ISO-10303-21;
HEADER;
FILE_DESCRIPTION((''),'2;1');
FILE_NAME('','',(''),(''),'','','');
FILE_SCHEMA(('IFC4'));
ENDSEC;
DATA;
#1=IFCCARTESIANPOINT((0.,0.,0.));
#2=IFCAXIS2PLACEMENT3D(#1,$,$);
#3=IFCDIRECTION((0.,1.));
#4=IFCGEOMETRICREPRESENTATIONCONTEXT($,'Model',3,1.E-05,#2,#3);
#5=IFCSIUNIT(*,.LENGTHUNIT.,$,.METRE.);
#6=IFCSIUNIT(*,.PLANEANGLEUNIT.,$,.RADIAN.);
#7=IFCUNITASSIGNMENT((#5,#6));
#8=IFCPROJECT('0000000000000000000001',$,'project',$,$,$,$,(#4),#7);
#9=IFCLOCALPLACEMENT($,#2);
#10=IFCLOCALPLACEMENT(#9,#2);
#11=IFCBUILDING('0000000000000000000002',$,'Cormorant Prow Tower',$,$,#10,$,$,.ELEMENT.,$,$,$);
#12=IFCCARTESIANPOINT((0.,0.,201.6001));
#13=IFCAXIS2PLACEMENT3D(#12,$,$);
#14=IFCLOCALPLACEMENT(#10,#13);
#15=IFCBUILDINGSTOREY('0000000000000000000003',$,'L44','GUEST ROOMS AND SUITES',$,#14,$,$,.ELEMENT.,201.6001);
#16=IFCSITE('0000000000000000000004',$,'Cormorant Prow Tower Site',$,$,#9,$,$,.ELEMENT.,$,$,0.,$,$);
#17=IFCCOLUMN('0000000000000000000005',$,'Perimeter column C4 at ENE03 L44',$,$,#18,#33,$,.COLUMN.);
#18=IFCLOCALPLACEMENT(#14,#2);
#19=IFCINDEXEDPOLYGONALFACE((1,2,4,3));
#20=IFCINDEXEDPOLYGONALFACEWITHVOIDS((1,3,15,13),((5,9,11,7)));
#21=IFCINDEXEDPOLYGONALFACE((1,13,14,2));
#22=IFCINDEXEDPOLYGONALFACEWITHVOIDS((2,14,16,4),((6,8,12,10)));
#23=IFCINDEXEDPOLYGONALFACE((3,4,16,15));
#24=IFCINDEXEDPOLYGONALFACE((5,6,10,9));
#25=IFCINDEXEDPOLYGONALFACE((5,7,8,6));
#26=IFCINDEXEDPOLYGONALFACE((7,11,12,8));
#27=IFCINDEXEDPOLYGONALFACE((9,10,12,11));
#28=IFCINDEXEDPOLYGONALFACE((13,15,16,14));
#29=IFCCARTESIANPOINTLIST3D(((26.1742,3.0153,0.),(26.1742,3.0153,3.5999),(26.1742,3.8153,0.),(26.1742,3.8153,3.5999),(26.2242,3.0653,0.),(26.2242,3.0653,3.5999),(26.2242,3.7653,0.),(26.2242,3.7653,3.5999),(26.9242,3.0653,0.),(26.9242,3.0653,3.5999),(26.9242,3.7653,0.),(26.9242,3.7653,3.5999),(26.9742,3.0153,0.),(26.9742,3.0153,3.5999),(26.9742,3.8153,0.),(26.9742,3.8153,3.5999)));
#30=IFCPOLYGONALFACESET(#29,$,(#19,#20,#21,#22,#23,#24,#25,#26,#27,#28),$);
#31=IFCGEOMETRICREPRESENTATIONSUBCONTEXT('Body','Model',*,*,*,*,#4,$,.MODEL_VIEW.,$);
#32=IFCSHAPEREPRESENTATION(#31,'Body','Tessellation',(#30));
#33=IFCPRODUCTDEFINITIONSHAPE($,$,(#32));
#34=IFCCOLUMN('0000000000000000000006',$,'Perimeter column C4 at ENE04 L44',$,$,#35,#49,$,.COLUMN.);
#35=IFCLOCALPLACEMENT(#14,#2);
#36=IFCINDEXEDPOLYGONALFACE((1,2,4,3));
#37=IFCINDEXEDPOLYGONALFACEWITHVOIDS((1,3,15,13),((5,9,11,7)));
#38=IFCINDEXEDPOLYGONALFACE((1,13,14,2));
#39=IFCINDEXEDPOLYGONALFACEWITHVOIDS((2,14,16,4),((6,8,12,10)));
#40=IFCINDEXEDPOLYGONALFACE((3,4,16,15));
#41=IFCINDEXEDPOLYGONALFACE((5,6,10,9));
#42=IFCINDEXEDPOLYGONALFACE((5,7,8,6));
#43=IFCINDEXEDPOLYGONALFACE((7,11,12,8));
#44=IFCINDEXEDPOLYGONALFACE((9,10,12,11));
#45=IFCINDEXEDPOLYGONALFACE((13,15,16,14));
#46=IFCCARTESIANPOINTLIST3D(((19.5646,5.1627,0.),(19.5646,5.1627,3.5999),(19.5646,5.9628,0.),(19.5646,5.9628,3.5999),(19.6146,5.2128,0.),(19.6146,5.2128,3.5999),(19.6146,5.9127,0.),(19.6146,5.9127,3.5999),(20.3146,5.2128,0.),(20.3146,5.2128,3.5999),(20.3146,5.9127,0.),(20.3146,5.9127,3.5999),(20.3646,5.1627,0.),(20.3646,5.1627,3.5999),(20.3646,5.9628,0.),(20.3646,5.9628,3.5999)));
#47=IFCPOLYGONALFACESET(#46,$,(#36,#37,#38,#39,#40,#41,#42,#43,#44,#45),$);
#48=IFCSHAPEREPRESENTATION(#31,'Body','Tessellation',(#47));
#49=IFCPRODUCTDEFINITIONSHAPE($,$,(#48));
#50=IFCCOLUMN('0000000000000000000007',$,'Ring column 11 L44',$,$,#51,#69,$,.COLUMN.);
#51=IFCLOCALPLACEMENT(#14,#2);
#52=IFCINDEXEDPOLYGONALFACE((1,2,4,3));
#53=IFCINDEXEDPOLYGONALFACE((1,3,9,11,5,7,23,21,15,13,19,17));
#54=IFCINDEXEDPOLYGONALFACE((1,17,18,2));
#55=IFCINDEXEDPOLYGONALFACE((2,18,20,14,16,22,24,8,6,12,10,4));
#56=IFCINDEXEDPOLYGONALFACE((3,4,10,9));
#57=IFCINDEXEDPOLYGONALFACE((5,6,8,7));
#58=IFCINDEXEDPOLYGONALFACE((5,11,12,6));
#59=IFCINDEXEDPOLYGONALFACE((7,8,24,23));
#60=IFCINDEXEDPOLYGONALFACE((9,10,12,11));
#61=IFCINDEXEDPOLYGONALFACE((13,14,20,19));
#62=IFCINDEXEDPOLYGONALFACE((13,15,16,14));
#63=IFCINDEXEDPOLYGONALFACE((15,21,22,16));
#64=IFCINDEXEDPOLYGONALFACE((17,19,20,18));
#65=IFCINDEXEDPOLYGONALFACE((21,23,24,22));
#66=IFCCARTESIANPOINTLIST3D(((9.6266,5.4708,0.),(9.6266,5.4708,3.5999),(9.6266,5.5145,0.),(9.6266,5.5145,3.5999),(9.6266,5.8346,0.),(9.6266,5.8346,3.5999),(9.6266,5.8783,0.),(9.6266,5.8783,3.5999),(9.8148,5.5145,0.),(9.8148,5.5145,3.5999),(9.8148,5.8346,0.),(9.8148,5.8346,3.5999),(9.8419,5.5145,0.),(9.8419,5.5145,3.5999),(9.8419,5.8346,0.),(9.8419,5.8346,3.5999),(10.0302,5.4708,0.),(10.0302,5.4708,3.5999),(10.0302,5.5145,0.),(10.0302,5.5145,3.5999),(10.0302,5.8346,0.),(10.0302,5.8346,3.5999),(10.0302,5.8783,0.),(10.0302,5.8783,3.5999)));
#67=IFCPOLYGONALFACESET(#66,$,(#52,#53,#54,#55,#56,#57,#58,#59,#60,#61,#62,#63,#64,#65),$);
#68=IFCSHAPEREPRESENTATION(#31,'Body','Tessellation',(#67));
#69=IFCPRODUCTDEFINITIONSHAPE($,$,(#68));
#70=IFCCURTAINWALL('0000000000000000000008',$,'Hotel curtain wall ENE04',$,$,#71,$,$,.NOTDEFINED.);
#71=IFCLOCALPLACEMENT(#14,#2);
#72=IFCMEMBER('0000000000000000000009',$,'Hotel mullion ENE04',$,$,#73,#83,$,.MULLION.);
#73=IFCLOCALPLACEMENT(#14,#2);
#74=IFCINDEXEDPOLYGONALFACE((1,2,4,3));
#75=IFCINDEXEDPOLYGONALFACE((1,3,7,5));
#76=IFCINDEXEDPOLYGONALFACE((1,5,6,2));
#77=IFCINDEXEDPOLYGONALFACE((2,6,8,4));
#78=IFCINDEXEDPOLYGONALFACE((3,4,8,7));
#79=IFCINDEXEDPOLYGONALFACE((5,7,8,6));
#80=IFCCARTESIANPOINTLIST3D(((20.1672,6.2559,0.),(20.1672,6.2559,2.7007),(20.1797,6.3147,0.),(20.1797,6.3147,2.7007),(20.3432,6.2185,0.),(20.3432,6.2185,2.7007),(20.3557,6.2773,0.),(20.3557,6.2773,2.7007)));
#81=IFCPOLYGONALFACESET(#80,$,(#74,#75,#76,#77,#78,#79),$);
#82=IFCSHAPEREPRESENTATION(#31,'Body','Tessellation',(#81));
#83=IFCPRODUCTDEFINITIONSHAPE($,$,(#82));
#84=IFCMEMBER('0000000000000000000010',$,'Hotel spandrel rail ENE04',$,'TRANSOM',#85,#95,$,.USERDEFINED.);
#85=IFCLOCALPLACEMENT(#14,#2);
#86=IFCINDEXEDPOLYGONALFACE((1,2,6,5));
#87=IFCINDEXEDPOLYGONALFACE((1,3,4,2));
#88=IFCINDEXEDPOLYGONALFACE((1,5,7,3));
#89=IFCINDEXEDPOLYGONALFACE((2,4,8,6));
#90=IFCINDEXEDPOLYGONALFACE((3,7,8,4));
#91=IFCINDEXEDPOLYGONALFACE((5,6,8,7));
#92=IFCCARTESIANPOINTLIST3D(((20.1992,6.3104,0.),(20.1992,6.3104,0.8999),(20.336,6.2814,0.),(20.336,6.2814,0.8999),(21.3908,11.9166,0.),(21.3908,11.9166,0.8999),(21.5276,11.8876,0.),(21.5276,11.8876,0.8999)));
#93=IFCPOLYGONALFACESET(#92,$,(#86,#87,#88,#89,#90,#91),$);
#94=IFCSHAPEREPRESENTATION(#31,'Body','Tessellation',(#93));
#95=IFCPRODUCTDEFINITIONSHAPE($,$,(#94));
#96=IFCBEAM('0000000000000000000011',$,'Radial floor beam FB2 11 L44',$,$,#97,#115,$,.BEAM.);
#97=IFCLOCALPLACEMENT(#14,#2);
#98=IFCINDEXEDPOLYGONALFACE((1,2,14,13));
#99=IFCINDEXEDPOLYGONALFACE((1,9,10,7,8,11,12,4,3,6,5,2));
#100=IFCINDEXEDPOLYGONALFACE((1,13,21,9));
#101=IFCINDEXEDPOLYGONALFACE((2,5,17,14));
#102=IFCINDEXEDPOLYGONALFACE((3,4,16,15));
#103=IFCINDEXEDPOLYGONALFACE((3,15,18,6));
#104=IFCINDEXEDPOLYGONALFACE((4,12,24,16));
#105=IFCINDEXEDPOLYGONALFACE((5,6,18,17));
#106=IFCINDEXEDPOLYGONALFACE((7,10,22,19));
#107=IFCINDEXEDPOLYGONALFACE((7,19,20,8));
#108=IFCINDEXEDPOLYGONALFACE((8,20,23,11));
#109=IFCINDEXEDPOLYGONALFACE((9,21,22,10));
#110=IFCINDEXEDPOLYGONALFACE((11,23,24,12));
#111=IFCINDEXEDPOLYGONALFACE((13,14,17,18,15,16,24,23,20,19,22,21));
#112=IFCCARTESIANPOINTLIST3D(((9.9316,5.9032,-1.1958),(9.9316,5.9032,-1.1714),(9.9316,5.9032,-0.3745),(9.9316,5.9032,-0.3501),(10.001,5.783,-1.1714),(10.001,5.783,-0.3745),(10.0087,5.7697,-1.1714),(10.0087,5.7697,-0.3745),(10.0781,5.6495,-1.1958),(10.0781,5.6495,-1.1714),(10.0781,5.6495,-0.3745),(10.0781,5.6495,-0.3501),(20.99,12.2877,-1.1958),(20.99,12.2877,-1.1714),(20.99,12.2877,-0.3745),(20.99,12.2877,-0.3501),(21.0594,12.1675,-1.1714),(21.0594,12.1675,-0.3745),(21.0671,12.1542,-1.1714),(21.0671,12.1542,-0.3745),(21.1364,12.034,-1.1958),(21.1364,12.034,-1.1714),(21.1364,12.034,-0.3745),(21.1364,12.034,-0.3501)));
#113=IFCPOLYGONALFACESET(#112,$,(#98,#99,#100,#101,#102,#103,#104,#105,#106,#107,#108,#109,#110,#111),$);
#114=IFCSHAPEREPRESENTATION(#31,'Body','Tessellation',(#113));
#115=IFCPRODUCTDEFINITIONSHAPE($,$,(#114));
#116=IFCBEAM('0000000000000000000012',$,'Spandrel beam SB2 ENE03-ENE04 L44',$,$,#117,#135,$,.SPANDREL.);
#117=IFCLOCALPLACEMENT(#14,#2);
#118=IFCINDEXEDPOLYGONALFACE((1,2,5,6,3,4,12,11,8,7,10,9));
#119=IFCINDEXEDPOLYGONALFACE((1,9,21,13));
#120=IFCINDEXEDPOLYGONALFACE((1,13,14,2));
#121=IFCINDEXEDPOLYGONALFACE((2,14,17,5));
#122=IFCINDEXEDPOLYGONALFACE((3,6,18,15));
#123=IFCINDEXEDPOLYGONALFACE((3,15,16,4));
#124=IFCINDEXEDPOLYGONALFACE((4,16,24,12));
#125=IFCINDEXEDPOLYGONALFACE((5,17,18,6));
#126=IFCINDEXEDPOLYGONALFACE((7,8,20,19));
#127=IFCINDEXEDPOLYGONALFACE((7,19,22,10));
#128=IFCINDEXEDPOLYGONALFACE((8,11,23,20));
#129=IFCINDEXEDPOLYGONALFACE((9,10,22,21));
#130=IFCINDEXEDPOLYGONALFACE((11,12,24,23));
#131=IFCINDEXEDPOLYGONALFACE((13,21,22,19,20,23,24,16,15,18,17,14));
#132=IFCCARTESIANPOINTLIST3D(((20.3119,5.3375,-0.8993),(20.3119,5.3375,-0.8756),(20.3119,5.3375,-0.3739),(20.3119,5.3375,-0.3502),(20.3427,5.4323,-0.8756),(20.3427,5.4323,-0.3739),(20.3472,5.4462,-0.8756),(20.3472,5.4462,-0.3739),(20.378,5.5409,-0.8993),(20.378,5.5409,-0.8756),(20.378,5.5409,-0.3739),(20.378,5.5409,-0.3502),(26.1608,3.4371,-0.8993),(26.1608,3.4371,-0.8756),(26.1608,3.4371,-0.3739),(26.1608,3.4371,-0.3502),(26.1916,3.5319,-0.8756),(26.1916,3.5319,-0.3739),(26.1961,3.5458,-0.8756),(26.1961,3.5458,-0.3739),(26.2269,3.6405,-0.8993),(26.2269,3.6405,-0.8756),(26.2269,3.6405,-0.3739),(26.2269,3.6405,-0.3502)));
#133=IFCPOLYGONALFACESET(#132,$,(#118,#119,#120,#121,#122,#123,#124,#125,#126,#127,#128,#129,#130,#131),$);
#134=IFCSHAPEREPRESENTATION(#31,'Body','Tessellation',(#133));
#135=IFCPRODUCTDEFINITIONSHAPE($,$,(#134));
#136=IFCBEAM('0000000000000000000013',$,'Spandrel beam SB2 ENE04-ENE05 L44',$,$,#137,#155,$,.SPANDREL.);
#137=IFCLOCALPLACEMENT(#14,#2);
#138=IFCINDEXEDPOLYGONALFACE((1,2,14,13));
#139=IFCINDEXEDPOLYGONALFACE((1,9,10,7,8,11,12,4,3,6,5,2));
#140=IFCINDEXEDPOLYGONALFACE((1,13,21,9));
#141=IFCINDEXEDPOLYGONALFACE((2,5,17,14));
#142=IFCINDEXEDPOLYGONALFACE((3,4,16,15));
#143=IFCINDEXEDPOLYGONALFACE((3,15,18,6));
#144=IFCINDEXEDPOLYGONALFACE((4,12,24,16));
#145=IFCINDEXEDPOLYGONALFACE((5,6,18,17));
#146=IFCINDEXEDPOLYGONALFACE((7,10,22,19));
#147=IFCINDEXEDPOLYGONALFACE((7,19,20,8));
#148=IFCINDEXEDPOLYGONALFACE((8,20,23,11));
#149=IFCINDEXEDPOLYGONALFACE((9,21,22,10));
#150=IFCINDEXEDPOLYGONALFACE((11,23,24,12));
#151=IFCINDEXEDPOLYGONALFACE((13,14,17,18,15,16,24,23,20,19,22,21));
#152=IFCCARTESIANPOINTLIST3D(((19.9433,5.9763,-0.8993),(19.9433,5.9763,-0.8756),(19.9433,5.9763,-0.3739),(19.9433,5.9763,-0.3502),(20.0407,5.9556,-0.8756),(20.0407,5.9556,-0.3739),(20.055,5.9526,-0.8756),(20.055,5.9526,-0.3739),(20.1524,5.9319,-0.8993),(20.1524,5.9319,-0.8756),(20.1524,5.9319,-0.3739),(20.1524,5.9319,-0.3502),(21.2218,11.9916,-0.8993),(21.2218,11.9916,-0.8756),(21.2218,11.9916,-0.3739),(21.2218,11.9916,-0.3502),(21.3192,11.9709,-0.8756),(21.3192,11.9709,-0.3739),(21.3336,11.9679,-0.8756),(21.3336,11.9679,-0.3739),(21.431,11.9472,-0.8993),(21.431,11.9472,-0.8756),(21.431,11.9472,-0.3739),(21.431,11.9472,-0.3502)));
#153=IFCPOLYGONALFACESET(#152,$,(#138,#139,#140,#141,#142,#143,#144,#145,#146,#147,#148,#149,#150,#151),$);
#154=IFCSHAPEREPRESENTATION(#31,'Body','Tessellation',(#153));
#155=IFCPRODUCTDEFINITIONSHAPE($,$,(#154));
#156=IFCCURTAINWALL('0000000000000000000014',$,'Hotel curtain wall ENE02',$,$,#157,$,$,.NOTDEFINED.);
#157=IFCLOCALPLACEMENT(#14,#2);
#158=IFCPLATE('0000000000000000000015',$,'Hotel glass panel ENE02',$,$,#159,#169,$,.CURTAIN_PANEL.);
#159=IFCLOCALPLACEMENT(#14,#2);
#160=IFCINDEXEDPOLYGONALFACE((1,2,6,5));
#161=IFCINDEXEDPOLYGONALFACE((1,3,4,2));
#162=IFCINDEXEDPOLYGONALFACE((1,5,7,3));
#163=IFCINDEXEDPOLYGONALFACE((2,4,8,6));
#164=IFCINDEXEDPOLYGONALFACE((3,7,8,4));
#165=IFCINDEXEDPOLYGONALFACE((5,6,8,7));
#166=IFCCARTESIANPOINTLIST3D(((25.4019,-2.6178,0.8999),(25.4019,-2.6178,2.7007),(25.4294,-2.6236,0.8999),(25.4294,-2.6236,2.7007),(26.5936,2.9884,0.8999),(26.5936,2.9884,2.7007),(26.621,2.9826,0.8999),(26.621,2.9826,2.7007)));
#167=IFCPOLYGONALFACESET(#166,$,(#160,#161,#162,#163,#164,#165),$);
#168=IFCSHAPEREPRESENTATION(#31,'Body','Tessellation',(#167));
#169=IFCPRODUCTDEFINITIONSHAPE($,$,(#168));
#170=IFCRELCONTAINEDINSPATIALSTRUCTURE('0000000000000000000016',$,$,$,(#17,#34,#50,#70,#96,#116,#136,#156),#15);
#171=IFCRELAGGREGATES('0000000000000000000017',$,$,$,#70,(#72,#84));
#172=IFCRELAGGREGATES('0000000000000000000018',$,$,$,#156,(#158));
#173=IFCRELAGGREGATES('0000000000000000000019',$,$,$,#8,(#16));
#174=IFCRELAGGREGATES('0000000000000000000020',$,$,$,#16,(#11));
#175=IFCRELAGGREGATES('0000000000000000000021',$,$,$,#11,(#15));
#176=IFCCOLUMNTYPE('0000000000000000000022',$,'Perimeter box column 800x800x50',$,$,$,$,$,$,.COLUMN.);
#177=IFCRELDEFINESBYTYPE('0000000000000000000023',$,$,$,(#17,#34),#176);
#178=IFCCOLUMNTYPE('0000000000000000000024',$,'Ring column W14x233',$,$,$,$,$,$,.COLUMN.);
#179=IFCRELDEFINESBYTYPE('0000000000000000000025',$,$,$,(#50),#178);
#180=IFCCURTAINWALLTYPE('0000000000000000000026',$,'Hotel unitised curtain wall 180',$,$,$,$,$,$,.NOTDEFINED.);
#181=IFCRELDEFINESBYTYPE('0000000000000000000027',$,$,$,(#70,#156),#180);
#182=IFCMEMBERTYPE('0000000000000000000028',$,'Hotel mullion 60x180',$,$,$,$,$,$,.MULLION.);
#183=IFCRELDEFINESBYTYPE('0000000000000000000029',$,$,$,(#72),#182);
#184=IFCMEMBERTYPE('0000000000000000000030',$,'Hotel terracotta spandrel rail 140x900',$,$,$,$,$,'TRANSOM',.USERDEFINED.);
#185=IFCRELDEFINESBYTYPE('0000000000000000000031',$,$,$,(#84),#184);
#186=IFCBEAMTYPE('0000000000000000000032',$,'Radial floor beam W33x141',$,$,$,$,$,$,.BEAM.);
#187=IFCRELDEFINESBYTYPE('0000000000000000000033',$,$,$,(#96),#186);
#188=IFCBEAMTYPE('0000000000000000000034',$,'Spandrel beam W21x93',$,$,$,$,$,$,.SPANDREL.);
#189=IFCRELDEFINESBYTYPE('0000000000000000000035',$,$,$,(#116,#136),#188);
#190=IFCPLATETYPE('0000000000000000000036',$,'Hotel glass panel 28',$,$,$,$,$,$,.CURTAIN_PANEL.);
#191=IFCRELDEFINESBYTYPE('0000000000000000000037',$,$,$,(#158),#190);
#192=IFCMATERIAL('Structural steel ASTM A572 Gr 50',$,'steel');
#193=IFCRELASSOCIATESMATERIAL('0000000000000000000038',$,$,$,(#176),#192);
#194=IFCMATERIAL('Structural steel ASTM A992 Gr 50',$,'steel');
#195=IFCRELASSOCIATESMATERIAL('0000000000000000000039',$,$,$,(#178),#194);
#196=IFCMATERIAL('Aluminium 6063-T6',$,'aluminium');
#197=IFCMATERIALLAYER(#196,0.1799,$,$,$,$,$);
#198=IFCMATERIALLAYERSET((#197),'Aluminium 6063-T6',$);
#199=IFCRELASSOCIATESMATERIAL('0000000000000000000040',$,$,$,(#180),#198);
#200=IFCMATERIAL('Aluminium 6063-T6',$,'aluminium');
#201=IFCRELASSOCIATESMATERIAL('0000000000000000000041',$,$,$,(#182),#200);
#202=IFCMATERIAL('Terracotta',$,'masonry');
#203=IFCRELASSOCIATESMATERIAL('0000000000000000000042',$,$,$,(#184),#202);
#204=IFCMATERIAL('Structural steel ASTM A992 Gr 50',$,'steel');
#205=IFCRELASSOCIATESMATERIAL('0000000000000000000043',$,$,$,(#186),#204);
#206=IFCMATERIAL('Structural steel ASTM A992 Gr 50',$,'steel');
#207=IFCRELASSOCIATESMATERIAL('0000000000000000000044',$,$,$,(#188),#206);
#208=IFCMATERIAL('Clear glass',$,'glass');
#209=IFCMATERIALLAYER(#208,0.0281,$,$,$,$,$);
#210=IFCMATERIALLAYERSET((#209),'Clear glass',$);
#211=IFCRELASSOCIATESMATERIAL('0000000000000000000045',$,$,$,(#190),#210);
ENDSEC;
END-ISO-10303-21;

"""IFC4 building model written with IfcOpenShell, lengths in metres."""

from ifc_helpers import new_model, si_unit, direction, frame, origin, origin_2d, place, context, subcontext, project, spatial, rectangle, hollow_rectangle, i_section, extrude, material, layer, layer_set, material_profile, profile_set, type_object, element, aggregate, save


model = new_model("IFC4")

# Units and contexts
model_context = context("Model", 3, precision=1e-05, world=origin(), true_north=direction((0.0, 1.0)))
body_context = subcontext(model_context, "Body", "Model", "MODEL_VIEW")
ifc_project = project(units=[si_unit("LENGTHUNIT", "METRE"), si_unit("PLANEANGLEUNIT", "RADIAN")], contexts=[model_context])

# Site, building, storey
site_placement = place(None, origin())
site = spatial("IfcSite", under=ifc_project, at=site_placement, Name="Cormorant Prow Tower Site", CompositionType="ELEMENT", RefElevation=0.0)
building_placement = place(site_placement, origin())
building = spatial("IfcBuilding", under=site, at=building_placement, Name="Cormorant Prow Tower", CompositionType="ELEMENT")
storey_placement = place(building_placement, frame((0.0, 0.0, 201.6001)))
storey = spatial("IfcBuildingStorey", under=building, at=storey_placement, Name="L44", Description="GUEST ROOMS AND SUITES", CompositionType="ELEMENT", Elevation=201.6001)

# Columns
ifc_material_1 = material(Name="Structural steel ASTM A572 Gr 50", Category="steel")
ifc_material_profile_1 = material_profile(ifc_material_1, hollow_rectangle(XDim=0.8, YDim=0.8, WallThickness=0.05, at=origin_2d()), Name="Box 800x800x50")
ifc_profile_set_1 = profile_set([ifc_material_profile_1], Name="Structural steel ASTM A572 Gr 50")
column_type_1 = type_object("IfcColumnType", Name="Perimeter box column 800x800x50", PredefinedType="COLUMN", material=ifc_profile_set_1)
for number, where, z_axis, x_axis, name in (
    (1, (26.5742, 3.4153, 0.0), (0.0, 0.0, 1.0), (1.0, 0.0, 0.0), "Perimeter column C4 at ENE03 L44"),
    (2, (19.9646, 5.5627, 0.0), (0.0, 0.0, 1.0), (1.0, 0.0, 0.0), "Perimeter column C4 at ENE04 L44"),
):
    element("IfcColumn", number, at=place(storey_placement, frame(where, z_axis=z_axis, x_axis=x_axis)), inside=storey, type_object=column_type_1, Name=name, PredefinedType="COLUMN", context=body_context, shape_type="SweptSolid", body=[
        extrude(hollow_rectangle(XDim=0.8, YDim=0.8, WallThickness=0.05, at=origin_2d()), origin(), (0.0, 0.0, 1.0), 3.5999),
    ])
ifc_material_2 = material(Name="Structural steel ASTM A992 Gr 50", Category="steel")
ifc_material_profile_2 = material_profile(ifc_material_2, i_section(OverallWidth=0.4036, OverallDepth=0.4075, WebThickness=0.0271, FlangeThickness=0.0437, at=origin_2d()), Name="W14x233")
ifc_profile_set_2 = profile_set([ifc_material_profile_2], Name="Structural steel ASTM A992 Gr 50")
column_type_2 = type_object("IfcColumnType", Name="Ring column W14x233", PredefinedType="COLUMN", material=ifc_profile_set_2)
column_placement = place(storey_placement, frame((9.8284, 5.6746, 0.0), z_axis=(0.0, 0.0, 1.0), x_axis=(1.0, 0.0, 0.0)))
element("IfcColumn", 3, at=column_placement, inside=storey, type_object=column_type_2, Name="Ring column 11 L44", PredefinedType="COLUMN", context=body_context, shape_type="SweptSolid", body=[
    extrude(i_section(OverallWidth=0.4036, OverallDepth=0.4075, WebThickness=0.0271, FlangeThickness=0.0437, at=origin_2d()), origin(), (0.0, 0.0, 1.0), 3.5999),
])

# Curtain wall, members
ifc_material_3 = material(Name="Aluminium 6063-T6", Category="aluminium")
ifc_layer_1 = layer(ifc_material_3, 0.1799)
ifc_layer_set_1 = layer_set([ifc_layer_1], Name="Aluminium 6063-T6")
curtain_wall_type = type_object("IfcCurtainWallType", Name="Hotel unitised curtain wall 180", PredefinedType="NOTDEFINED", material=ifc_layer_set_1)
curtain_wall_1_placement = place(storey_placement, origin())
curtain_wall_1 = element("IfcCurtainWall", 4, at=curtain_wall_1_placement, inside=storey, type_object=curtain_wall_type, Name="Hotel curtain wall ENE04", PredefinedType="NOTDEFINED")
ifc_material_4 = material(Name="Aluminium 6063-T6", Category="aluminium")
ifc_material_profile_3 = material_profile(ifc_material_4, rectangle(XDim=0.1799, YDim=0.0601, at=origin_2d()), Name="Hotel mullion 60x180")
ifc_profile_set_3 = profile_set([ifc_material_profile_3], Name="Aluminium 6063-T6")
member_type_1 = type_object("IfcMemberType", Name="Hotel mullion 60x180", PredefinedType="MULLION", material=ifc_profile_set_3)
member_1_placement = place(storey_placement, frame((20.2615, 6.2666, 0.0), z_axis=(0.0, 0.0, 1.0), x_axis=(-0.978148, 0.207912, 0.0)))
member_1 = element("IfcMember", 5, at=member_1_placement, type_object=member_type_1, Name="Hotel mullion ENE04", PredefinedType="MULLION", context=body_context, shape_type="SweptSolid", body=[
    extrude(rectangle(XDim=0.1799, YDim=0.0601, at=origin_2d()), origin(), (0.0, 0.0, 1.0), 2.7007),
])
ifc_material_5 = material(Name="Terracotta", Category="masonry")
ifc_material_profile_4 = material_profile(ifc_material_5, rectangle(XDim=0.1399, YDim=0.8999, at=origin_2d()), Name="Hotel terracotta spandrel rail 140x900")
ifc_profile_set_4 = profile_set([ifc_material_profile_4], Name="Terracotta")
member_type_2 = type_object("IfcMemberType", Name="Hotel terracotta spandrel rail 140x900", ElementType="TRANSOM", PredefinedType="USERDEFINED", material=ifc_profile_set_4)
member_2_placement = place(storey_placement, frame((20.2676, 6.2959, 0.45), z_axis=(0.207914, 0.978147, 0.0), x_axis=(-0.978147, 0.207914, 0.0)))
member_2 = element("IfcMember", 6, at=member_2_placement, type_object=member_type_2, Name="Hotel spandrel rail ENE04", ObjectType="TRANSOM", PredefinedType="USERDEFINED", context=body_context, shape_type="SweptSolid", body=[
    extrude(rectangle(XDim=0.1399, YDim=0.8999, at=origin_2d()), origin(), (0.0, 0.0, 1.0), 5.7314),
])
aggregate(curtain_wall_1, [member_1, member_2])

# Beams
ifc_material_6 = material(Name="Structural steel ASTM A992 Gr 50", Category="steel")
ifc_material_profile_5 = material_profile(ifc_material_6, i_section(OverallWidth=0.293, OverallDepth=0.8457, WebThickness=0.0154, FlangeThickness=0.0244, at=origin_2d()), Name="W33x141")
ifc_profile_set_5 = profile_set([ifc_material_profile_5], Name="Structural steel ASTM A992 Gr 50")
beam_type_1 = type_object("IfcBeamType", Name="Radial floor beam W33x141", PredefinedType="BEAM", material=ifc_profile_set_5)
beam_1_placement = place(storey_placement, frame((10.0049, 5.7764, -0.7729), z_axis=(0.866026, 0.499999, 0.0), x_axis=(-0.499999, 0.866026, 0.0)))
element("IfcBeam", 7, at=beam_1_placement, inside=storey, type_object=beam_type_1, Name="Radial floor beam FB2 11 L44", PredefinedType="BEAM", context=body_context, shape_type="SweptSolid", body=[
    extrude(i_section(OverallWidth=0.293, OverallDepth=0.8457, WebThickness=0.0154, FlangeThickness=0.0244, at=origin_2d()), origin(), (0.0, 0.0, 1.0), 12.769),
])
ifc_material_7 = material(Name="Structural steel ASTM A992 Gr 50", Category="steel")
ifc_material_profile_6 = material_profile(ifc_material_7, i_section(OverallWidth=0.2139, OverallDepth=0.5491, WebThickness=0.0146, FlangeThickness=0.0237, at=origin_2d()), Name="W21x93")
ifc_profile_set_6 = profile_set([ifc_material_profile_6], Name="Structural steel ASTM A992 Gr 50")
beam_type_2 = type_object("IfcBeamType", Name="Spandrel beam W21x93", PredefinedType="SPANDREL", material=ifc_profile_set_6)
beam_2_placement = place(storey_placement, frame((26.1938, 3.5388, -0.6248), z_axis=(-0.951058, 0.309013, 0.0), x_axis=(-0.309013, -0.951058, 0.0)))
element("IfcBeam", 8, at=beam_2_placement, inside=storey, type_object=beam_type_2, Name="Spandrel beam SB2 ENE03-ENE04 L44", PredefinedType="SPANDREL", context=body_context, shape_type="SweptSolid", body=[
    extrude(i_section(OverallWidth=0.2139, OverallDepth=0.5491, WebThickness=0.0146, FlangeThickness=0.0237, at=origin_2d()), origin(), (0.0, 0.0, 1.0), 6.1499),
])
beam_3_placement = place(storey_placement, frame((20.0479, 5.9541, -0.6248), z_axis=(0.207905, 0.978149, 0.0), x_axis=(-0.978149, 0.207905, 0.0)))
element("IfcBeam", 9, at=beam_3_placement, inside=storey, type_object=beam_type_2, Name="Spandrel beam SB2 ENE04-ENE05 L44", PredefinedType="SPANDREL", context=body_context, shape_type="SweptSolid", body=[
    extrude(i_section(OverallWidth=0.2139, OverallDepth=0.5491, WebThickness=0.0146, FlangeThickness=0.0237, at=origin_2d()), origin(), (0.0, 0.0, 1.0), 6.1497),
])

# Curtain wall, plate
curtain_wall_2_placement = place(storey_placement, origin())
curtain_wall_2 = element("IfcCurtainWall", 10, at=curtain_wall_2_placement, inside=storey, type_object=curtain_wall_type, Name="Hotel curtain wall ENE02", PredefinedType="NOTDEFINED")
ifc_material_8 = material(Name="Clear glass", Category="glass")
ifc_layer_2 = layer(ifc_material_8, 0.0281)
ifc_layer_set_2 = layer_set([ifc_layer_2], Name="Clear glass")
plate_type = type_object("IfcPlateType", Name="Hotel glass panel 28", PredefinedType="CURTAIN_PANEL", material=ifc_layer_set_2)
plate_placement = place(storey_placement, frame((26.0115, 0.1824, 0.8999), z_axis=(0.0, 0.0, 1.0), x_axis=(0.207912, 0.978148, 0.0)))
plate = element("IfcPlate", 11, at=plate_placement, type_object=plate_type, Name="Hotel glass panel ENE02", PredefinedType="CURTAIN_PANEL", context=body_context, shape_type="SweptSolid", body=[
    extrude(rectangle(XDim=5.7314, YDim=0.0281, at=origin_2d()), origin(), (0.0, 0.0, 1.0), 1.8008),
])
aggregate(curtain_wall_2, [plate])

save(model, "model.ifc")
